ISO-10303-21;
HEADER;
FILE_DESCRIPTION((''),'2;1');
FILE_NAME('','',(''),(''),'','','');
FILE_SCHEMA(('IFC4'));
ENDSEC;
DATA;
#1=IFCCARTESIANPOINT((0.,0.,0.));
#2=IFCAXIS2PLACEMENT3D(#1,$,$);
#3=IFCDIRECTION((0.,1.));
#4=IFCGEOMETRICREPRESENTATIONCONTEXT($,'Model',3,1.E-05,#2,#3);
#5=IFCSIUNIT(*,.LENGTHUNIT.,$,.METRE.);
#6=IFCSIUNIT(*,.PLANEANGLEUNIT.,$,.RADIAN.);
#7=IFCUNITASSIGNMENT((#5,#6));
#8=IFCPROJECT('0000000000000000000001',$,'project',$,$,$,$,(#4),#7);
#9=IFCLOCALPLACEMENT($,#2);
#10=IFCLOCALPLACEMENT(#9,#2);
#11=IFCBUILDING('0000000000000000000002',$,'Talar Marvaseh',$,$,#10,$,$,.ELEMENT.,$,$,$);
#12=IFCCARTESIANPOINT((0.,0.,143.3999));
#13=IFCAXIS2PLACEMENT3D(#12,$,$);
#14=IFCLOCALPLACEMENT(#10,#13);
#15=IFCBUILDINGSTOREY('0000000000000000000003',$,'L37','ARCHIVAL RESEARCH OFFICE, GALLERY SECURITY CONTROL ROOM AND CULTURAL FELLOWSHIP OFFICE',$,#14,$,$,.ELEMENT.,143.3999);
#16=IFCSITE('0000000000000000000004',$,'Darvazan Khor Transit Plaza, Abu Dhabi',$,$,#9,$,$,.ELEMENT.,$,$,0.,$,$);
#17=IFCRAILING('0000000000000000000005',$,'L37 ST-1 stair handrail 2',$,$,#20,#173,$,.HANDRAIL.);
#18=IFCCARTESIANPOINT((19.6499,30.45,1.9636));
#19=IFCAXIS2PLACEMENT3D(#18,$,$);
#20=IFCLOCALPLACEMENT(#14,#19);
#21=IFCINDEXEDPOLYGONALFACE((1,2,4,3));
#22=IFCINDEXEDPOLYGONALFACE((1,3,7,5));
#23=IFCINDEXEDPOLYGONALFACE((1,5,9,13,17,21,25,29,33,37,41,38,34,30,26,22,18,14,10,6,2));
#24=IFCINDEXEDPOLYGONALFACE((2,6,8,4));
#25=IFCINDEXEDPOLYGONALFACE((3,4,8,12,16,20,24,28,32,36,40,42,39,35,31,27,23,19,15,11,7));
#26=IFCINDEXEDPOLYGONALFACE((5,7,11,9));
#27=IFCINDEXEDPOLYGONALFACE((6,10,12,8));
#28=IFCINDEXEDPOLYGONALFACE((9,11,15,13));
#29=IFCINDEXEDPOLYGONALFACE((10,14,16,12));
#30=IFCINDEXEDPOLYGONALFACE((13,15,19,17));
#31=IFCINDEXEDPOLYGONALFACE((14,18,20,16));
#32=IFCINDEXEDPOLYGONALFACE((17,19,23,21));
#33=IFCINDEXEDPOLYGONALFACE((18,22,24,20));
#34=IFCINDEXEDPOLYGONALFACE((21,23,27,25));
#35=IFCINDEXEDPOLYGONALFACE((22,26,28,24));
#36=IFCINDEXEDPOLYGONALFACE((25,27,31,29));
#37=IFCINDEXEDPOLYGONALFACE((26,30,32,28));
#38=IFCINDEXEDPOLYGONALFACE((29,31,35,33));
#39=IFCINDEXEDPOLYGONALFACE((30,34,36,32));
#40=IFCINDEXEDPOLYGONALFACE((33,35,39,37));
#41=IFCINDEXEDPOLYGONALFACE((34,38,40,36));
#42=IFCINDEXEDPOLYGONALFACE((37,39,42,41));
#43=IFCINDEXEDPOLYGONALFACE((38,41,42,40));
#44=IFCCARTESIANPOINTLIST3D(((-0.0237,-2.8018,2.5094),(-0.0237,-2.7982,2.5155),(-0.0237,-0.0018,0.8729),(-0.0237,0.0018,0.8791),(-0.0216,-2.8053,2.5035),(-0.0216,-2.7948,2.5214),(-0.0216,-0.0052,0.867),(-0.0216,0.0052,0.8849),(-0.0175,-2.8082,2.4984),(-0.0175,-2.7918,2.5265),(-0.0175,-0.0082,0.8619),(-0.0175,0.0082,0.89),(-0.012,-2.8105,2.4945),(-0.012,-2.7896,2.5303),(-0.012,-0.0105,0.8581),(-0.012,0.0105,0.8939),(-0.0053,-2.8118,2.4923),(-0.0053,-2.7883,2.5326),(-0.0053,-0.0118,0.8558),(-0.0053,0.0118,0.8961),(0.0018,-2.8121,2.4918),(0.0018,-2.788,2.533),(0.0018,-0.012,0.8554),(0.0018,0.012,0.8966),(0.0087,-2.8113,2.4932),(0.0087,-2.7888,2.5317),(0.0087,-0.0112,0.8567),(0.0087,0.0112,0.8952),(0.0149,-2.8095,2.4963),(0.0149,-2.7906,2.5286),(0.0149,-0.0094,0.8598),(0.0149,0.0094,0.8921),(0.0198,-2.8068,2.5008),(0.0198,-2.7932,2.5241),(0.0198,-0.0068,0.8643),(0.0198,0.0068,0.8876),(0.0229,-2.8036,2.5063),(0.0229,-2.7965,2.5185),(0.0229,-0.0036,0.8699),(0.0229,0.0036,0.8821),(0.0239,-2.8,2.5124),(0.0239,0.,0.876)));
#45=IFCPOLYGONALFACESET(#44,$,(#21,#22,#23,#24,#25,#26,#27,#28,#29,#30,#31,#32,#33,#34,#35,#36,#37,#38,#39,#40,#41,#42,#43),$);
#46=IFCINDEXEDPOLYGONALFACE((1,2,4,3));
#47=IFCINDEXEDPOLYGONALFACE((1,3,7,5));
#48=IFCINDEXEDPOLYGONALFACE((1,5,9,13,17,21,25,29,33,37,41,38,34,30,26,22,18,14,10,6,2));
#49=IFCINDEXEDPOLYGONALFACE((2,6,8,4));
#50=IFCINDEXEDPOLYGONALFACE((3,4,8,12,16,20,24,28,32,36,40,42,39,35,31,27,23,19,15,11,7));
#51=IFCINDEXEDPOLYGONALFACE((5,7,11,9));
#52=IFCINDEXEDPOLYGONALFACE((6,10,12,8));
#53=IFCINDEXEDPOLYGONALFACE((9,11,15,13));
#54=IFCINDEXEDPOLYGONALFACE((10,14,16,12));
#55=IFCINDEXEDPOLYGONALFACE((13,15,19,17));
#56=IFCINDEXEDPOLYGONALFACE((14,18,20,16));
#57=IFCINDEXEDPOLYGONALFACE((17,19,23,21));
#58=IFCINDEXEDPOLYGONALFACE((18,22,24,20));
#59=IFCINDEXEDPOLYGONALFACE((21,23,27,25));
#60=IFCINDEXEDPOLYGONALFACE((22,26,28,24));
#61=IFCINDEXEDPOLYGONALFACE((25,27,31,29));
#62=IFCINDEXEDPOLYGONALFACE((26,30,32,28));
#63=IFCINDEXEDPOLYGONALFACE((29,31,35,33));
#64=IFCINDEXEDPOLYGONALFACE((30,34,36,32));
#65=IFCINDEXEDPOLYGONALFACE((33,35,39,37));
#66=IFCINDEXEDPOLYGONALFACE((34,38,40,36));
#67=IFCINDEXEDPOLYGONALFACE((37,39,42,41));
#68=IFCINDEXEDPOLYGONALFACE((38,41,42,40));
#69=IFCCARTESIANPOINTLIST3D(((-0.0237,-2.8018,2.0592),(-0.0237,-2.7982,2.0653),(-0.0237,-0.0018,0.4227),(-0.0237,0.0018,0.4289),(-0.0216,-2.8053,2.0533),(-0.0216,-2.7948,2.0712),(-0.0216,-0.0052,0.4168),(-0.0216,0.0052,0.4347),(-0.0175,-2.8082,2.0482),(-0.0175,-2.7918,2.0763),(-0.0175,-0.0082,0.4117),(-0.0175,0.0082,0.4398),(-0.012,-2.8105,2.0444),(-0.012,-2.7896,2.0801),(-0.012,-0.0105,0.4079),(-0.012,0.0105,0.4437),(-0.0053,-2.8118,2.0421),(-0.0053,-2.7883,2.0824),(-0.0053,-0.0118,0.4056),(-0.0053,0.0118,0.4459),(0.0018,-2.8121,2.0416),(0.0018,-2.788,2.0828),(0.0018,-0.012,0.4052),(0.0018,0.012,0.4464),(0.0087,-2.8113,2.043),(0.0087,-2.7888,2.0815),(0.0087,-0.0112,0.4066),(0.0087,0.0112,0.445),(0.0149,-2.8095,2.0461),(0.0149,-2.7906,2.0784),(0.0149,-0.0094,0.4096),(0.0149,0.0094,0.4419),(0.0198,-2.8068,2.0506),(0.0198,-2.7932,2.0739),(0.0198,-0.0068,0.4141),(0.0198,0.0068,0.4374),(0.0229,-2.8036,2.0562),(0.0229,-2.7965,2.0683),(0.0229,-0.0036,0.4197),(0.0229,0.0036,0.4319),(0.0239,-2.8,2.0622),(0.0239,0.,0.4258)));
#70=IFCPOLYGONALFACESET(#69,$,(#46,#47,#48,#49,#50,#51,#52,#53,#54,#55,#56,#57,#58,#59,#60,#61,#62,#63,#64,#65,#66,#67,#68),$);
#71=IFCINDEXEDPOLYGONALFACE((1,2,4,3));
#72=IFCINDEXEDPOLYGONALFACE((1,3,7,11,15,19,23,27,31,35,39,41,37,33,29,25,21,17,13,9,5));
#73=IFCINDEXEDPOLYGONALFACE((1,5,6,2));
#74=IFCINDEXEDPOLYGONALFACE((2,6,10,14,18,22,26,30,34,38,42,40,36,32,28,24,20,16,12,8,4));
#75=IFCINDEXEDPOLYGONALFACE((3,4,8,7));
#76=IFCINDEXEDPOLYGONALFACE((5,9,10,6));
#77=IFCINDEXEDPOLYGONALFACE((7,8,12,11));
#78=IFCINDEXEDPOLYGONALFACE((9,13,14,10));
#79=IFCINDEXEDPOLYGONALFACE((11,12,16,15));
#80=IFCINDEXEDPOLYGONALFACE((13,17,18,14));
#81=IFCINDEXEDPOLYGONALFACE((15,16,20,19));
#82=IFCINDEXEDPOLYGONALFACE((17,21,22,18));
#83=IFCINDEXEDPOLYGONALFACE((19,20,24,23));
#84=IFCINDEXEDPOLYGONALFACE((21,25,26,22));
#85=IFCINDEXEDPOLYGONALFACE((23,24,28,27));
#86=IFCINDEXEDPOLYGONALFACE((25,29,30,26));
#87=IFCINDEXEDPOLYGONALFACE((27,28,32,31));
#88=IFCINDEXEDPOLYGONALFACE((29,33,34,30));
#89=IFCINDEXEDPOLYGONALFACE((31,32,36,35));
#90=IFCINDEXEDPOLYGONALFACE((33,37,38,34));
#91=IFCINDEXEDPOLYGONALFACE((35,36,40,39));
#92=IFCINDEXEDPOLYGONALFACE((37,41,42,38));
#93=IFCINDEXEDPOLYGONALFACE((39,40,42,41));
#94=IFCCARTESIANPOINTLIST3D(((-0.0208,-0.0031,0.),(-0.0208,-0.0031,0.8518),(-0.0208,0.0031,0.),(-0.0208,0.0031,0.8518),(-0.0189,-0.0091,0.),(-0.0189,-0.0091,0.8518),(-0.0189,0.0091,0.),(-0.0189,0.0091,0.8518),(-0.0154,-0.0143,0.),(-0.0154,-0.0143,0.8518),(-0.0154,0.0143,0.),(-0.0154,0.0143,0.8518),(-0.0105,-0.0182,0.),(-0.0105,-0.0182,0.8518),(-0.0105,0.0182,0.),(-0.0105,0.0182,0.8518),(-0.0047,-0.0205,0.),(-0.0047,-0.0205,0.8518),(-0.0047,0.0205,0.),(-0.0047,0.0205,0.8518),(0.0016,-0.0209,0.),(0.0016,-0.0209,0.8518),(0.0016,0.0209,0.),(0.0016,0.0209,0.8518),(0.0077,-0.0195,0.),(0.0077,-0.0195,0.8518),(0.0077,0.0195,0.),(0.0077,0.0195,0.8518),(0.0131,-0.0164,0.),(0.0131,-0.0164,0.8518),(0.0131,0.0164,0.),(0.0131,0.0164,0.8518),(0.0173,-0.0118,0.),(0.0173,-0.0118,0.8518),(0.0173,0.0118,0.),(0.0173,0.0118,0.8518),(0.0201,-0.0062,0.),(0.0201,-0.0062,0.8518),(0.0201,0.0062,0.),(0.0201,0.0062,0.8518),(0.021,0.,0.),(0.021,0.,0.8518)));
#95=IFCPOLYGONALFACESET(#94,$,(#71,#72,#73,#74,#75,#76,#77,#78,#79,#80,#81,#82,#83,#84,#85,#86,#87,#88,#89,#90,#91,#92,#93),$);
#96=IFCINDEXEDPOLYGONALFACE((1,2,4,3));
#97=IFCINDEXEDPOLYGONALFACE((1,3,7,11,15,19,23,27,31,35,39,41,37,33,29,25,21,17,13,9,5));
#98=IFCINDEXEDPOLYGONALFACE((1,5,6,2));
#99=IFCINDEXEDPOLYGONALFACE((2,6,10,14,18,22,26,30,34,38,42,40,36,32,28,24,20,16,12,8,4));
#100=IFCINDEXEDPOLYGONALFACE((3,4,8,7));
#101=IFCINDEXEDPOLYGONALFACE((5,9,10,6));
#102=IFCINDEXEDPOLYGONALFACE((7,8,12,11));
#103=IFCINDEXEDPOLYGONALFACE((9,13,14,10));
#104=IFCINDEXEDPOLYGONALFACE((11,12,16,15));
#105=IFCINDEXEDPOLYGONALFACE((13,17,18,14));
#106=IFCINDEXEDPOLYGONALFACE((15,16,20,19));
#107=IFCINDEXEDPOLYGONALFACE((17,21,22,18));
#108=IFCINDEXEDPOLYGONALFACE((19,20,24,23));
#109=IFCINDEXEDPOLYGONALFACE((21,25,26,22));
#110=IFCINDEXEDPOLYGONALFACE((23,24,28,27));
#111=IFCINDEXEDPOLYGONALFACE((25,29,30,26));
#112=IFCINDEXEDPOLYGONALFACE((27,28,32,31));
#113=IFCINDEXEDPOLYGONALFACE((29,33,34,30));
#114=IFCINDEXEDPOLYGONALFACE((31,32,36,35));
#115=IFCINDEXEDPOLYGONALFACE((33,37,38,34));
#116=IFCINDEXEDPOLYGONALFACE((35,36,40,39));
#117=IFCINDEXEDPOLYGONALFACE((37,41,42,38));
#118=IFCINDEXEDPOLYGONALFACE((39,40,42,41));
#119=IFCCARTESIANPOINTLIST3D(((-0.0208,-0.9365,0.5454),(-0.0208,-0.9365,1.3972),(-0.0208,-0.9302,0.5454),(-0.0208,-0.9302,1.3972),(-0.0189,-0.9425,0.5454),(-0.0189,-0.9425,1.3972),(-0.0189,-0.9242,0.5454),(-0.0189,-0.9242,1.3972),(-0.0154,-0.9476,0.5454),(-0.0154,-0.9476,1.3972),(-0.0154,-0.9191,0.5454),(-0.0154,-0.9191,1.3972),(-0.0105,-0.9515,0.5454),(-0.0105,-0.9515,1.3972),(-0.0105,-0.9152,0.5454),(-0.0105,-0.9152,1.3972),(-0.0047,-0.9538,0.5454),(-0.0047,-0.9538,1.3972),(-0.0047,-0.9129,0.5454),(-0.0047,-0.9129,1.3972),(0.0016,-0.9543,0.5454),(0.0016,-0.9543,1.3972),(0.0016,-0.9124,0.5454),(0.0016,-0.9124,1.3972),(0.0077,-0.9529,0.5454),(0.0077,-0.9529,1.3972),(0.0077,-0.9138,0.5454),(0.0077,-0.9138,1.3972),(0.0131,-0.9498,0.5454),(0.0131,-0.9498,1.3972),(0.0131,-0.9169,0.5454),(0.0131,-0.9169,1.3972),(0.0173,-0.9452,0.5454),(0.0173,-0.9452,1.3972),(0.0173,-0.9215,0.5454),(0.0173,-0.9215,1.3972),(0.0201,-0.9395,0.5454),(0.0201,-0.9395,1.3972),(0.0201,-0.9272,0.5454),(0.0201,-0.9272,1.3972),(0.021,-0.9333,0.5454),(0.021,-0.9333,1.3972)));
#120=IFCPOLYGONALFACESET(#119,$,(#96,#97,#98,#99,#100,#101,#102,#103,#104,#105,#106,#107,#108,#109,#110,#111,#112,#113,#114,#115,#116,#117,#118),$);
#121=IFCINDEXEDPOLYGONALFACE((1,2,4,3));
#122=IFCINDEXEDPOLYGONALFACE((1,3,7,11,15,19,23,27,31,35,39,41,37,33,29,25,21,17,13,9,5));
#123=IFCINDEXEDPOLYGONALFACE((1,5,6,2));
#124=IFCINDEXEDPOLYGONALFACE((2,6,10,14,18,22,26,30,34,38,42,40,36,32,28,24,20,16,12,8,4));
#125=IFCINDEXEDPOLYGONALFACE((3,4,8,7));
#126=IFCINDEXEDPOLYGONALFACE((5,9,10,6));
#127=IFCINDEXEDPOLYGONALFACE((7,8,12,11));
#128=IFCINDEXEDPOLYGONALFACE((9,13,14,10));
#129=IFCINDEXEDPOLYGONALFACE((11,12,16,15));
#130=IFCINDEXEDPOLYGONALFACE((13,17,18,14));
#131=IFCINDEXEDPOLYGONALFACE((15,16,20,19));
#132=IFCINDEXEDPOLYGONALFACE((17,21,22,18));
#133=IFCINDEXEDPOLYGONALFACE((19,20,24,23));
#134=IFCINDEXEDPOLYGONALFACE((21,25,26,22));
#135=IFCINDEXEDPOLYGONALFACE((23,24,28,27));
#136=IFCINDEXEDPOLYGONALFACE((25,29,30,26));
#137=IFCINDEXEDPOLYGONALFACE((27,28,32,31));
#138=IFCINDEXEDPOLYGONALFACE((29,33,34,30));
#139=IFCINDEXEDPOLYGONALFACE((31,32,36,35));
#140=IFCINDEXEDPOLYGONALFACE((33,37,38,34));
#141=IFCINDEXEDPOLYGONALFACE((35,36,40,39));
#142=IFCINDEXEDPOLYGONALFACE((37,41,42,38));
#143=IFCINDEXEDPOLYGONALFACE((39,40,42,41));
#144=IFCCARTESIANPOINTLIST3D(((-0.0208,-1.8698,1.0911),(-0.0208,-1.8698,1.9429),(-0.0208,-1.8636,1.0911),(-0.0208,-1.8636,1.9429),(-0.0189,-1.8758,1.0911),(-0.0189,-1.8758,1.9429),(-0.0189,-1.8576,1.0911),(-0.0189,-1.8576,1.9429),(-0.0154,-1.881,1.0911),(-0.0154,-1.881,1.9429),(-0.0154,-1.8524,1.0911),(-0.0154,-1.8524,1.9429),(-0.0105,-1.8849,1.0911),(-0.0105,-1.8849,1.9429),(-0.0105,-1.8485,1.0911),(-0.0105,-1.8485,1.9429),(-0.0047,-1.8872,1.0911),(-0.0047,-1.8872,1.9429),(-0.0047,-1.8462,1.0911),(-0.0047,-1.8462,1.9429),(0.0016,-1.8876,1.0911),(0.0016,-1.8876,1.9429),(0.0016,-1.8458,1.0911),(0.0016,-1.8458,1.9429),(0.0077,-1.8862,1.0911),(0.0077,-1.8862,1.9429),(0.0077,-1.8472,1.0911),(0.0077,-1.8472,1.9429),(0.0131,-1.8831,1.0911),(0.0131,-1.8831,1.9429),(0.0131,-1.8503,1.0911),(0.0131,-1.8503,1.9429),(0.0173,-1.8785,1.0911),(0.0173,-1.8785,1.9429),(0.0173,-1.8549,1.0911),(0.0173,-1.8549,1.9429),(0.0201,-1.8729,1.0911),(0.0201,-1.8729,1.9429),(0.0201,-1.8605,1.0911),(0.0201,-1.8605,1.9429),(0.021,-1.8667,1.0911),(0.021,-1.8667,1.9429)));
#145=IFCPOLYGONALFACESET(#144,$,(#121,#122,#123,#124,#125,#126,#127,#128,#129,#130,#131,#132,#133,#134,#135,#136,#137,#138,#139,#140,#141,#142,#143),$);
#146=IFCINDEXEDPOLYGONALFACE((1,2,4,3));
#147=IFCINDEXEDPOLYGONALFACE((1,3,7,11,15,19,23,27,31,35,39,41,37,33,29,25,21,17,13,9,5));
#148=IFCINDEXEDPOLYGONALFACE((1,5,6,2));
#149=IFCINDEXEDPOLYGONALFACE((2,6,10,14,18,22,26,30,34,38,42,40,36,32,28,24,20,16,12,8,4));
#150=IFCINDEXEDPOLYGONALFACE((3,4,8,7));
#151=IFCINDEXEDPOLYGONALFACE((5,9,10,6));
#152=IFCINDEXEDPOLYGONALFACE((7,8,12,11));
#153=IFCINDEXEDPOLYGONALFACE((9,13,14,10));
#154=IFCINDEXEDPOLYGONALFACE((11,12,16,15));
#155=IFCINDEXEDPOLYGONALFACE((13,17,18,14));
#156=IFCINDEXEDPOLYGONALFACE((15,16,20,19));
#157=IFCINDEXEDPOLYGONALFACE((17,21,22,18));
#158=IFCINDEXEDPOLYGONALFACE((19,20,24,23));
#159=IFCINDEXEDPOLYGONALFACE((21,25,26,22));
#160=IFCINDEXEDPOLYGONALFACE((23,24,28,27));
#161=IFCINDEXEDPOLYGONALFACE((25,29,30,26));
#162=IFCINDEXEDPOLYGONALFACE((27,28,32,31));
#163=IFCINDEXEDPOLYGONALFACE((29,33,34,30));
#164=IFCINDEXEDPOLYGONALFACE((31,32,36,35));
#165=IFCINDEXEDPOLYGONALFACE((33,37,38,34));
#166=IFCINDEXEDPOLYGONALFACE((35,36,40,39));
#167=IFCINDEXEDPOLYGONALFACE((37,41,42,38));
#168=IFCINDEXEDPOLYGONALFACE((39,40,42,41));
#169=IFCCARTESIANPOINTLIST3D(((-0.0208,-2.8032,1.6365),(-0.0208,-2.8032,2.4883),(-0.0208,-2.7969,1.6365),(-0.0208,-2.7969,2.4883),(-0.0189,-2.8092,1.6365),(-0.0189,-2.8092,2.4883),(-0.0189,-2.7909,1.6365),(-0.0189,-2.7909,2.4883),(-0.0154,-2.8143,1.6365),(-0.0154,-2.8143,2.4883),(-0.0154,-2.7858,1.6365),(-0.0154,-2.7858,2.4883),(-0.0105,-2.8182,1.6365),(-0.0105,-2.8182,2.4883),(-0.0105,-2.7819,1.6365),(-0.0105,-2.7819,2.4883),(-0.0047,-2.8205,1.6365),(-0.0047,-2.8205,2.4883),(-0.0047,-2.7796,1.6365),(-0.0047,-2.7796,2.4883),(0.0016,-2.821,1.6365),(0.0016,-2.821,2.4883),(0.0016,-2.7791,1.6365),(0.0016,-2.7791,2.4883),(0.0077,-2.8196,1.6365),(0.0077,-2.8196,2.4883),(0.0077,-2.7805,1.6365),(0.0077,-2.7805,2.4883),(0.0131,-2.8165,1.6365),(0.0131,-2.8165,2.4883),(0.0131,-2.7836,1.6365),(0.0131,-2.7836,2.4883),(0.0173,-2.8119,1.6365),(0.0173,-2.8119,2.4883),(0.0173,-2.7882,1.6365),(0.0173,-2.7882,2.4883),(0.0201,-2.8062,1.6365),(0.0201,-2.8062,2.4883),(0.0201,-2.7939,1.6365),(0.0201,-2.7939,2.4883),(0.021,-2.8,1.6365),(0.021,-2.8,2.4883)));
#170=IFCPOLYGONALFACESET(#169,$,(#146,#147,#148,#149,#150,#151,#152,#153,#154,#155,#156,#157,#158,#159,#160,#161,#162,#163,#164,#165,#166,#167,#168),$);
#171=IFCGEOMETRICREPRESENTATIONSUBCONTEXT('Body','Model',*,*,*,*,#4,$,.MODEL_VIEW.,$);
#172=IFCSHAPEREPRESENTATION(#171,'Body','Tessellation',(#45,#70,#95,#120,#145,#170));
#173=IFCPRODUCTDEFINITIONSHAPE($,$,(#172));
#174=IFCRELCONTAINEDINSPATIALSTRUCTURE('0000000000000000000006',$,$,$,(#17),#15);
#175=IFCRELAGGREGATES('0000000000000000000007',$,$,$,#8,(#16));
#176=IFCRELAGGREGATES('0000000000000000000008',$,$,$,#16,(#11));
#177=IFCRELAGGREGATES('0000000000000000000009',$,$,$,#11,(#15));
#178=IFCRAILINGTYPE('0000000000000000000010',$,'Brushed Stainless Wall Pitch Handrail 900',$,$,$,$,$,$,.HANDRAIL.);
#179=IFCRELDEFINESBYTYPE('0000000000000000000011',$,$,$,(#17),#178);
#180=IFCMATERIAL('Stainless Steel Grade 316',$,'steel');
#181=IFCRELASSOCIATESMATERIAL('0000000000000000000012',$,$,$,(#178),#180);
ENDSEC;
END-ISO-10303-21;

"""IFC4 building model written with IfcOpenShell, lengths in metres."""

from ifc_helpers import new_model, si_unit, direction, frame, origin, origin_2d, place, context, subcontext, project, spatial, circle, extrude, material, type_object, element, save


model = new_model("IFC4")

# Units and contexts
model_context = context("Model", 3, precision=1e-05, world=origin(), true_north=direction((0.0, 1.0)))
body_context = subcontext(model_context, "Body", "Model", "MODEL_VIEW")
ifc_project = project(units=[si_unit("LENGTHUNIT", "METRE"), si_unit("PLANEANGLEUNIT", "RADIAN")], contexts=[model_context])

# Site, building, storey
site_placement = place(None, origin())
site = spatial("IfcSite", under=ifc_project, at=site_placement, Name="Darvazan Khor Transit Plaza, Abu Dhabi", CompositionType="ELEMENT", RefElevation=0.0)
building_placement = place(site_placement, origin())
building = spatial("IfcBuilding", under=site, at=building_placement, Name="Talar Marvaseh", CompositionType="ELEMENT")
storey_placement = place(building_placement, frame((0.0, 0.0, 143.3999)))
storey = spatial("IfcBuildingStorey", under=building, at=storey_placement, Name="L37", Description="ARCHIVAL RESEARCH OFFICE, GALLERY SECURITY CONTROL ROOM AND CULTURAL FELLOWSHIP OFFICE", CompositionType="ELEMENT", Elevation=143.3999)

# Railing
ifc_material_1 = material(Name="Stainless Steel Grade 316", Category="steel")
railing_type_1 = type_object("IfcRailingType", Name="Brushed Stainless Wall Pitch Handrail 900", PredefinedType="HANDRAIL", material=ifc_material_1)
railing_1_placement = place(storey_placement, frame((19.6499, 30.45, 1.9636)))
element("IfcRailing", 1, at=railing_1_placement, inside=storey, type_object=railing_type_1, Name="L37 ST-1 stair handrail 2", PredefinedType="HANDRAIL", context=body_context, shape_type="SweptSolid", body=[
    extrude(circle(Radius=0.0239, at=origin_2d()), frame((0.0, 0.0, 0.876), z_axis=(0.0, -0.863361, 0.504587), x_axis=(1.0, 0.0, 0.0)), (0.0, 0.0, 1.0), 3.2432),
    extrude(circle(Radius=0.0239, at=origin_2d()), frame((0.0, 0.0, 0.4258), z_axis=(0.0, -0.863361, 0.504587), x_axis=(1.0, 0.0, 0.0)), (0.0, 0.0, 1.0), 3.2432),
    extrude(circle(Radius=0.021, at=origin_2d()), origin(), (0.0, 0.0, 1.0), 0.8518),
    extrude(circle(Radius=0.021, at=origin_2d()), frame((0.0, -0.9333, 0.5454)), (0.0, 0.0, 1.0), 0.8518),
    extrude(circle(Radius=0.021, at=origin_2d()), frame((0.0, -1.8667, 1.0911)), (0.0, 0.0, 1.0), 0.8518),
    extrude(circle(Radius=0.021, at=origin_2d()), frame((0.0, -2.8, 1.6365)), (0.0, 0.0, 1.0), 0.8518),
])

save(model, "model.ifc")
